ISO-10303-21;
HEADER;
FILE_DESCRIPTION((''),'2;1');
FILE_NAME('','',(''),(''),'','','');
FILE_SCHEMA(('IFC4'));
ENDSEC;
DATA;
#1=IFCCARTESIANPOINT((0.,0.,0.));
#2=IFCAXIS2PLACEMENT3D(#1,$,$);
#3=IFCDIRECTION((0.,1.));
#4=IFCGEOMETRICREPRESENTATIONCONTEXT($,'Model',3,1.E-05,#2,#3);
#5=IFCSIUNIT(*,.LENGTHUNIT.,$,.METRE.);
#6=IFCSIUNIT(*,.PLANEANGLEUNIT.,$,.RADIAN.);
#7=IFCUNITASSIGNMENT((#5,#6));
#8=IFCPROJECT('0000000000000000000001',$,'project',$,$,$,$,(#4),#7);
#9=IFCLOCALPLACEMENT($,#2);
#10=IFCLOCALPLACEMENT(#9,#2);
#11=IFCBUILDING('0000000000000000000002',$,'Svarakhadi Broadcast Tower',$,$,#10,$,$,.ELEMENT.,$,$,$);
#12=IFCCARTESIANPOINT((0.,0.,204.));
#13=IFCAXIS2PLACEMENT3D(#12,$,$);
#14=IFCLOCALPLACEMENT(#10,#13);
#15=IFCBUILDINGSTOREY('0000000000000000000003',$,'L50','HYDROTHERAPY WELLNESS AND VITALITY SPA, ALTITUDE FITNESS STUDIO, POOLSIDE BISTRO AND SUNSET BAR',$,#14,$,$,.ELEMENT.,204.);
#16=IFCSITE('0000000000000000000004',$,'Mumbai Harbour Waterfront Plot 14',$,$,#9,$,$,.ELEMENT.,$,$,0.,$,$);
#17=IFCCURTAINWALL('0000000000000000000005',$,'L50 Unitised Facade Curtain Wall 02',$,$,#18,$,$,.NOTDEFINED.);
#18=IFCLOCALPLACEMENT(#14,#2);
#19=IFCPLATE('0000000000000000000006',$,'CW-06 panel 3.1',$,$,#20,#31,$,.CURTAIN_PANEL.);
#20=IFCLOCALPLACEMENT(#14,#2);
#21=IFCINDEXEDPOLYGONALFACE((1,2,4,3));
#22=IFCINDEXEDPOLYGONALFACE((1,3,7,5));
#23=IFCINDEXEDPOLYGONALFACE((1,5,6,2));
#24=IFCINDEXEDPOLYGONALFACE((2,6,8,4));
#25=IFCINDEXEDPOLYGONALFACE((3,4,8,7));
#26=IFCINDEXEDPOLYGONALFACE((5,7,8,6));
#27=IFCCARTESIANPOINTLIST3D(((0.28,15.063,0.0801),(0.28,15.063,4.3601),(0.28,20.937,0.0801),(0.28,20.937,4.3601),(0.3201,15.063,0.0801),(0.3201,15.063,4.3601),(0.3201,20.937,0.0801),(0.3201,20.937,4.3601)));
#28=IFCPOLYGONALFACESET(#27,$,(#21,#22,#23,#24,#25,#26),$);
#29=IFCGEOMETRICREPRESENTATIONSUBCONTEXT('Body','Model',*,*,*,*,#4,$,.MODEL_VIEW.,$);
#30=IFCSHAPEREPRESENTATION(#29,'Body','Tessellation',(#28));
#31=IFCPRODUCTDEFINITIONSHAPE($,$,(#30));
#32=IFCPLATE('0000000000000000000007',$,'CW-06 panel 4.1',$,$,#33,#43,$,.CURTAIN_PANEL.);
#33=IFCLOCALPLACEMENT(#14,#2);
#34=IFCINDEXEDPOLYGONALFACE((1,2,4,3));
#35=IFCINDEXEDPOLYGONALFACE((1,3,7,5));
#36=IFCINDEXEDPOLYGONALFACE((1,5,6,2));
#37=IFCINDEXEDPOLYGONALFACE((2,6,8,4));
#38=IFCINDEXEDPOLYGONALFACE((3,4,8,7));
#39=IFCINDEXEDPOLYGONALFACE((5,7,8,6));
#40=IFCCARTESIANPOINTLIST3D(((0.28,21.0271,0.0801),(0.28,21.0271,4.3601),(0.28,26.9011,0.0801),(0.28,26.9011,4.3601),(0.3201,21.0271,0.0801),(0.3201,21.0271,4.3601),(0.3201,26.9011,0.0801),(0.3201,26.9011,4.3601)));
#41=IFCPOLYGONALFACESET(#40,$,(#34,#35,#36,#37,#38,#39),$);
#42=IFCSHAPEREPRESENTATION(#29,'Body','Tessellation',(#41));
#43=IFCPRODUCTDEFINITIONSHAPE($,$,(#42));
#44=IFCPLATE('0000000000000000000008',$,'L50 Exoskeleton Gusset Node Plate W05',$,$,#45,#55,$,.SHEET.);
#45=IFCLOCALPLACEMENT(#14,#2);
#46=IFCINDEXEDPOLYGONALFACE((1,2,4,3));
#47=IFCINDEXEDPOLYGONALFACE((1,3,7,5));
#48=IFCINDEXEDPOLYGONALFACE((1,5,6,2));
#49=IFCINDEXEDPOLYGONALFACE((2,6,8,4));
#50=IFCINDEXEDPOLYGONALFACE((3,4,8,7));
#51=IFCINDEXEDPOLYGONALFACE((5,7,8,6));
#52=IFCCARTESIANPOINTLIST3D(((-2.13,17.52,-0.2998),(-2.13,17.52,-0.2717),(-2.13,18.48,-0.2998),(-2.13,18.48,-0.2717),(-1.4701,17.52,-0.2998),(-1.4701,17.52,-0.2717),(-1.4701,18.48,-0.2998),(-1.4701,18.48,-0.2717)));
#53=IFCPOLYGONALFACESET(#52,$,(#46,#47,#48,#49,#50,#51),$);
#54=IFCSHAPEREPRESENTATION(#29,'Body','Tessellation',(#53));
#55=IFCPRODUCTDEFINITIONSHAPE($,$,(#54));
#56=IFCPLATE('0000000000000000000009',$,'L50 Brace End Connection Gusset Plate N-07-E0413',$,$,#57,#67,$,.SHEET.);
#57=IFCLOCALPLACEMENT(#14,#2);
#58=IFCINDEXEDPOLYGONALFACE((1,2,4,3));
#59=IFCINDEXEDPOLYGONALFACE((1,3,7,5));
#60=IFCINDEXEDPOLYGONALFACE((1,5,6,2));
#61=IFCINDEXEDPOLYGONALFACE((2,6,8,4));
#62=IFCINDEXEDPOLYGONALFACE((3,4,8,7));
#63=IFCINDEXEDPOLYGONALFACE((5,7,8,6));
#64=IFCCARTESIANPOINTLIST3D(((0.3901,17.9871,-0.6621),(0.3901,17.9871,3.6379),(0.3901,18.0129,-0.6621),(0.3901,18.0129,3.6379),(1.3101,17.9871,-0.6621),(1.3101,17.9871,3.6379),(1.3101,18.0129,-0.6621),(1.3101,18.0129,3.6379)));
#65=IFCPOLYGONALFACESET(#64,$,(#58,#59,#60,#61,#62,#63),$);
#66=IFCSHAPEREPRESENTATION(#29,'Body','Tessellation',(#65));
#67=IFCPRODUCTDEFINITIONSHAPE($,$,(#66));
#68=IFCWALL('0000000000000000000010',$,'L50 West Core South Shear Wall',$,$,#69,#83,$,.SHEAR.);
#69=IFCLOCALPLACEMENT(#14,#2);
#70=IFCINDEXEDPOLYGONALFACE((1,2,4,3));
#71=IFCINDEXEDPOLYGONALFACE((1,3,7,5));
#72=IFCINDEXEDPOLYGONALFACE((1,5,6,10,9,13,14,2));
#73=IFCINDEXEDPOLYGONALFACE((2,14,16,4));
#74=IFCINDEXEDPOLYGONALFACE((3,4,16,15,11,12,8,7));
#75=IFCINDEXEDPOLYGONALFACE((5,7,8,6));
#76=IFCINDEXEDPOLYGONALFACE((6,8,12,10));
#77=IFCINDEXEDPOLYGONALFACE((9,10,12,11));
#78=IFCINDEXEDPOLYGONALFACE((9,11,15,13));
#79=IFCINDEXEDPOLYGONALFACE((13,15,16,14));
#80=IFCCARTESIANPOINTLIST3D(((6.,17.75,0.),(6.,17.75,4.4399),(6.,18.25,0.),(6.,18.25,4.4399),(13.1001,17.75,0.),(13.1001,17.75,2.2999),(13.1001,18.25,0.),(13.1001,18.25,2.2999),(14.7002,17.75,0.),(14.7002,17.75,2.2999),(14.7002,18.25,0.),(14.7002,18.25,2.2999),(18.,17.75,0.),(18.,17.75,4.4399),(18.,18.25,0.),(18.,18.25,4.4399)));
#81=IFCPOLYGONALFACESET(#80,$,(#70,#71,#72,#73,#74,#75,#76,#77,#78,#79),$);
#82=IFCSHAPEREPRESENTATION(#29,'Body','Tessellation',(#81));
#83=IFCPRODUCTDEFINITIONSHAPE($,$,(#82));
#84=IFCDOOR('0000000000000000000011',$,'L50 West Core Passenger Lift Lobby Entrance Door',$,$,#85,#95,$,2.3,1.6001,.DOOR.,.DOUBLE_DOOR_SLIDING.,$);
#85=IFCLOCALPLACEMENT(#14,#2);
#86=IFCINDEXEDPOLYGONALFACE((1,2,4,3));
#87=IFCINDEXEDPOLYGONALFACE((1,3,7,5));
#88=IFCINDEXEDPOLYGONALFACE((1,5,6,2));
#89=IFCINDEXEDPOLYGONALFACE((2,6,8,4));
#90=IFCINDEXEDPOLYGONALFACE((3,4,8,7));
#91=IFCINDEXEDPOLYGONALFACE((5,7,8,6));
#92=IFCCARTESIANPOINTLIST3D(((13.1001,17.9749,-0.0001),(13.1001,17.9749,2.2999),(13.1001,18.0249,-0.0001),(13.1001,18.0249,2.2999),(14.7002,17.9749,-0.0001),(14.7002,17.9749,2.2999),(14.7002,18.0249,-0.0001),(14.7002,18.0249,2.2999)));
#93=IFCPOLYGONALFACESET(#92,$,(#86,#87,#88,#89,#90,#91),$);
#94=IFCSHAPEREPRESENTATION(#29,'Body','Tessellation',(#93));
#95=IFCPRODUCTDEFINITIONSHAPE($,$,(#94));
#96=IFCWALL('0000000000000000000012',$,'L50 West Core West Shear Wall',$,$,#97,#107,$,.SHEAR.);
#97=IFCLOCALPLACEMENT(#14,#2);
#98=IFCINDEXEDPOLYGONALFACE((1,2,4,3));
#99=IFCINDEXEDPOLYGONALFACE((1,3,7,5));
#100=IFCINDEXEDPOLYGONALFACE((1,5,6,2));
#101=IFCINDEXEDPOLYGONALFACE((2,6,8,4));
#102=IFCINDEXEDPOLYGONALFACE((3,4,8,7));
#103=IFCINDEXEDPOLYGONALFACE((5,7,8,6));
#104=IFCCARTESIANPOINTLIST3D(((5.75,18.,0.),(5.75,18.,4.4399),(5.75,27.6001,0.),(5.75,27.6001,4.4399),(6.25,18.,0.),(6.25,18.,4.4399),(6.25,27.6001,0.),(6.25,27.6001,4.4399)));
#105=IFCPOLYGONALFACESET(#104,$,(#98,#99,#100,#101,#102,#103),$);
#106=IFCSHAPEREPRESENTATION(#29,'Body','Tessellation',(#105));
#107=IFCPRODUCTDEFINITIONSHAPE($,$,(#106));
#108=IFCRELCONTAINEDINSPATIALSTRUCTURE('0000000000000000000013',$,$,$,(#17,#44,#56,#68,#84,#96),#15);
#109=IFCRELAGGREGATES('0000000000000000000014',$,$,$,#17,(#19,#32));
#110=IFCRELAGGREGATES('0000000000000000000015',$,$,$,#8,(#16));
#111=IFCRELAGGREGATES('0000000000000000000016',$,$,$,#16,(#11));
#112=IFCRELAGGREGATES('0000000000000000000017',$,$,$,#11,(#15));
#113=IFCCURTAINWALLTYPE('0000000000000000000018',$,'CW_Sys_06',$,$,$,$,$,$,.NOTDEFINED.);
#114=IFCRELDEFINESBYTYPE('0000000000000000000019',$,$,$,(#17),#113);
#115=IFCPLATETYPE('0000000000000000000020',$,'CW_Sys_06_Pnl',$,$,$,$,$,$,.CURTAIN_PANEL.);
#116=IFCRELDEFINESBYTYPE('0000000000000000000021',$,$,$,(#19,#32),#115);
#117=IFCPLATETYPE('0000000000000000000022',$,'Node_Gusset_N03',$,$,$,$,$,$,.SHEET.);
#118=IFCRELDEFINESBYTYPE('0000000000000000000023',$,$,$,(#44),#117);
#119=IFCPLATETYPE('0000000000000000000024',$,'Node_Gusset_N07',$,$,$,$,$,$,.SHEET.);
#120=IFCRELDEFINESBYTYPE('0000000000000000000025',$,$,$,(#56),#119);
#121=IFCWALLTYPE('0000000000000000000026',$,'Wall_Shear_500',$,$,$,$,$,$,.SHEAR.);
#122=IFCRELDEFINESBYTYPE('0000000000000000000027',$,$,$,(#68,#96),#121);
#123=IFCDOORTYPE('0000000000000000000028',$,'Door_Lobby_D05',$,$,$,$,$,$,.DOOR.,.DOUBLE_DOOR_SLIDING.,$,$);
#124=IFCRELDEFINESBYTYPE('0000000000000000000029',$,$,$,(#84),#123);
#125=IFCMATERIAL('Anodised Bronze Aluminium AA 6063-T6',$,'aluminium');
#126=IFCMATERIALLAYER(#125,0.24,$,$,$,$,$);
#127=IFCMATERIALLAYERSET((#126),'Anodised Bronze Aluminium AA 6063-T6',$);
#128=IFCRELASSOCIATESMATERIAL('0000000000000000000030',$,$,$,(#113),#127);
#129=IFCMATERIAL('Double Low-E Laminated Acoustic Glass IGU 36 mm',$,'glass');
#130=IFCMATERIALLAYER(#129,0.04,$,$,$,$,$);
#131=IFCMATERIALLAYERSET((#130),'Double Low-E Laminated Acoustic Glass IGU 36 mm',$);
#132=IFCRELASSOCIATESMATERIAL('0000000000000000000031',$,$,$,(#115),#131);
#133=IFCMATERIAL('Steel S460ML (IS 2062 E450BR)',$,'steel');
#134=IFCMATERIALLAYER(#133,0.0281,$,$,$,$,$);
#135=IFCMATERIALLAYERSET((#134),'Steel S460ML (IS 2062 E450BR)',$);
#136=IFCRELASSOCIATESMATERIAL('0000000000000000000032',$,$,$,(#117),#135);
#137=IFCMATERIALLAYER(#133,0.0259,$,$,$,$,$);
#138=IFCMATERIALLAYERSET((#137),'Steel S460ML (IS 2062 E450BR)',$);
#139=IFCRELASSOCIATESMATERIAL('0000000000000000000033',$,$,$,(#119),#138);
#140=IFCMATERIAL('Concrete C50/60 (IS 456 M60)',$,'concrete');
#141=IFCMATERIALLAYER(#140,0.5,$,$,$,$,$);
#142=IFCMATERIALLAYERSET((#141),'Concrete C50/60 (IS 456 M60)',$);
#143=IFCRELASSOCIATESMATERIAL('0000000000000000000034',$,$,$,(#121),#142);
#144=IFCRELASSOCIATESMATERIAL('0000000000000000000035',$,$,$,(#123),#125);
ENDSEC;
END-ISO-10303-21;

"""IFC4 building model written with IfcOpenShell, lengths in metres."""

from ifc_helpers import new_model, si_unit, direction, frame, frame_2d, origin, origin_2d, place, context, subcontext, project, spatial, rectangle, extrude, material, layer, layer_set, type_object, element, fill, aggregate, save


model = new_model("IFC4")

# Units and contexts
model_context = context("Model", 3, precision=1e-05, world=origin(), true_north=direction((0.0, 1.0)))
body_context = subcontext(model_context, "Body", "Model", "MODEL_VIEW")
ifc_project = project(units=[si_unit("LENGTHUNIT", "METRE"), si_unit("PLANEANGLEUNIT", "RADIAN")], contexts=[model_context])

# Site, building, storey
site_placement = place(None, origin())
site = spatial("IfcSite", under=ifc_project, at=site_placement, Name="Mumbai Harbour Waterfront Plot 14", CompositionType="ELEMENT", RefElevation=0.0)
building_placement = place(site_placement, origin())
building = spatial("IfcBuilding", under=site, at=building_placement, Name="Svarakhadi Broadcast Tower", CompositionType="ELEMENT")
storey_placement = place(building_placement, frame((0.0, 0.0, 204.0)))
storey = spatial("IfcBuildingStorey", under=building, at=storey_placement, Name="L50", Description="HYDROTHERAPY WELLNESS AND VITALITY SPA, ALTITUDE FITNESS STUDIO, POOLSIDE BISTRO AND SUNSET BAR", CompositionType="ELEMENT", Elevation=204.0)

# Shared definitions
ifc_material_1 = material(Name="Concrete C50/60 (IS 456 M60)", Category="concrete")
ifc_material_2 = material(Name="Steel S460ML (IS 2062 E450BR)", Category="steel")

# Curtain wall
ifc_material_3 = material(Name="Anodised Bronze Aluminium AA 6063-T6", Category="aluminium")
ifc_layer_1 = layer(ifc_material_3, 0.24)
ifc_layer_set_1 = layer_set([ifc_layer_1], Name="Anodised Bronze Aluminium AA 6063-T6")
curtain_wall_type = type_object("IfcCurtainWallType", Name="CW_Sys_06", PredefinedType="NOTDEFINED", material=ifc_layer_set_1)
curtain_wall_placement = place(storey_placement, origin())
curtain_wall = element("IfcCurtainWall", 1, at=curtain_wall_placement, inside=storey, type_object=curtain_wall_type, Name="L50 Unitised Facade Curtain Wall 02", PredefinedType="NOTDEFINED")

# Plates
ifc_material_4 = material(Name="Double Low-E Laminated Acoustic Glass IGU 36 mm", Category="glass")
ifc_layer_2 = layer(ifc_material_4, 0.04)
ifc_layer_set_2 = layer_set([ifc_layer_2], Name="Double Low-E Laminated Acoustic Glass IGU 36 mm")
plate_type_1 = type_object("IfcPlateType", Name="CW_Sys_06_Pnl", PredefinedType="CURTAIN_PANEL", material=ifc_layer_set_2)
plate_1_placement = place(storey_placement, frame((0.3, 18.0, 0.0801), z_axis=(0.0, 0.0, 1.0), x_axis=(0.0, 1.0, 0.0)))
plate_1 = element("IfcPlate", 2, at=plate_1_placement, type_object=plate_type_1, Name="CW-06 panel 3.1", PredefinedType="CURTAIN_PANEL", context=body_context, shape_type="SweptSolid", body=[
    extrude(rectangle(XDim=5.874, YDim=0.04, at=origin_2d()), origin(), (0.0, 0.0, 1.0), 4.28),
])
plate_2_placement = place(storey_placement, frame((0.3, 23.9641, 0.0801), z_axis=(0.0, 0.0, 1.0), x_axis=(0.0, 1.0, 0.0)))
plate_2 = element("IfcPlate", 3, at=plate_2_placement, type_object=plate_type_1, Name="CW-06 panel 4.1", PredefinedType="CURTAIN_PANEL", context=body_context, shape_type="SweptSolid", body=[
    extrude(rectangle(XDim=5.874, YDim=0.04, at=origin_2d()), origin(), (0.0, 0.0, 1.0), 4.28),
])
aggregate(curtain_wall, [plate_1, plate_2])

# Plates
ifc_layer_3 = layer(ifc_material_2, 0.0281)
ifc_layer_set_3 = layer_set([ifc_layer_3], Name="Steel S460ML (IS 2062 E450BR)")
plate_type_2 = type_object("IfcPlateType", Name="Node_Gusset_N03", PredefinedType="SHEET", material=ifc_layer_set_3)
plate_3_placement = place(storey_placement, frame((-1.8, 18.0, -0.2998), z_axis=(0.0, 0.0, 1.0), x_axis=(0.0, 1.0, 0.0)))
element("IfcPlate", 4, at=plate_3_placement, inside=storey, type_object=plate_type_2, Name="L50 Exoskeleton Gusset Node Plate W05", PredefinedType="SHEET", context=body_context, shape_type="SweptSolid", body=[
    extrude(rectangle(XDim=0.96, YDim=0.6599, at=origin_2d()), origin(), (0.0, 0.0, 1.0), 0.0281),
])
ifc_layer_4 = layer(ifc_material_2, 0.0259)
ifc_layer_set_4 = layer_set([ifc_layer_4], Name="Steel S460ML (IS 2062 E450BR)")
plate_type_3 = type_object("IfcPlateType", Name="Node_Gusset_N07", PredefinedType="SHEET", material=ifc_layer_set_4)
plate_4_placement = place(storey_placement, frame((0.8501, 18.0, -0.6621), z_axis=(0.0, 0.0, 1.0), x_axis=(1.0, 0.0, 0.0)))
element("IfcPlate", 5, at=plate_4_placement, inside=storey, type_object=plate_type_3, Name="L50 Brace End Connection Gusset Plate N-07-E0413", PredefinedType="SHEET", context=body_context, shape_type="SweptSolid", body=[
    extrude(rectangle(XDim=0.9199, YDim=0.0259, at=origin_2d()), origin(), (0.0, 0.0, 1.0), 4.3),
])

# Wall, opening, door
ifc_layer_5 = layer(ifc_material_1, 0.5)
ifc_layer_set_5 = layer_set([ifc_layer_5], Name="Concrete C50/60 (IS 456 M60)")
wall_type = type_object("IfcWallType", Name="Wall_Shear_500", PredefinedType="SHEAR", material=ifc_layer_set_5)
wall_1_placement = place(storey_placement, frame((6.0, 18.0, 0.0), z_axis=(0.0, 0.0, 1.0), x_axis=(1.0, 0.0, 0.0)))
wall_1 = element("IfcWall", 6, at=wall_1_placement, inside=storey, type_object=wall_type, Name="L50 West Core South Shear Wall", PredefinedType="SHEAR", context=body_context, shape_type="SweptSolid", body=[
    extrude(rectangle(XDim=12.0, YDim=0.5, at=frame_2d((6.0, 0.0))), origin(), (0.0, 0.0, 1.0), 4.4399),
])
opening_placement = place(wall_1_placement, frame((7.1001, 0.0, 0.0)))
opening = element("IfcOpeningElement", 7, at=opening_placement, cuts=wall_1, PredefinedType="OPENING", context=body_context, shape_type="SweptSolid", body=[
    extrude(rectangle(XDim=1.6001, YDim=2.3, at=frame_2d((0.8, 1.1499))), frame((0.0, 0.26, 0.0), z_axis=(0.0, -1.0, 0.0), x_axis=(1.0, 0.0, 0.0)), (0.0, 0.0, 1.0), 0.52),
])
door_type = type_object("IfcDoorType", Name="Door_Lobby_D05", OperationType="DOUBLE_DOOR_SLIDING", PredefinedType="DOOR", material=ifc_material_3)
door_placement = place(opening_placement, origin())
door = element("IfcDoor", 8, at=door_placement, inside=storey, type_object=door_type, Name="L50 West Core Passenger Lift Lobby Entrance Door", OperationType="DOUBLE_DOOR_SLIDING", OverallHeight=2.3, OverallWidth=1.6001, PredefinedType="DOOR", context=body_context, shape_type="SweptSolid", body=[
    extrude(rectangle(XDim=1.6001, YDim=2.3, at=frame_2d((0.8, 1.1499))), frame((0.0, 0.0249, 0.0), z_axis=(0.0, -1.0, 0.0), x_axis=(1.0, 0.0, 0.0)), (0.0, 0.0, 1.0), 0.05),
])
fill(opening, door)

# Wall
wall_2_placement = place(storey_placement, frame((6.0, 18.0, 0.0), z_axis=(0.0, 0.0, 1.0), x_axis=(0.0, 1.0, 0.0)))
element("IfcWall", 9, at=wall_2_placement, inside=storey, type_object=wall_type, Name="L50 West Core West Shear Wall", PredefinedType="SHEAR", context=body_context, shape_type="SweptSolid", body=[
    extrude(rectangle(XDim=9.6001, YDim=0.5, at=frame_2d((4.8, 0.0))), origin(), (0.0, 0.0, 1.0), 4.4399),
])

save(model, "model.ifc")
